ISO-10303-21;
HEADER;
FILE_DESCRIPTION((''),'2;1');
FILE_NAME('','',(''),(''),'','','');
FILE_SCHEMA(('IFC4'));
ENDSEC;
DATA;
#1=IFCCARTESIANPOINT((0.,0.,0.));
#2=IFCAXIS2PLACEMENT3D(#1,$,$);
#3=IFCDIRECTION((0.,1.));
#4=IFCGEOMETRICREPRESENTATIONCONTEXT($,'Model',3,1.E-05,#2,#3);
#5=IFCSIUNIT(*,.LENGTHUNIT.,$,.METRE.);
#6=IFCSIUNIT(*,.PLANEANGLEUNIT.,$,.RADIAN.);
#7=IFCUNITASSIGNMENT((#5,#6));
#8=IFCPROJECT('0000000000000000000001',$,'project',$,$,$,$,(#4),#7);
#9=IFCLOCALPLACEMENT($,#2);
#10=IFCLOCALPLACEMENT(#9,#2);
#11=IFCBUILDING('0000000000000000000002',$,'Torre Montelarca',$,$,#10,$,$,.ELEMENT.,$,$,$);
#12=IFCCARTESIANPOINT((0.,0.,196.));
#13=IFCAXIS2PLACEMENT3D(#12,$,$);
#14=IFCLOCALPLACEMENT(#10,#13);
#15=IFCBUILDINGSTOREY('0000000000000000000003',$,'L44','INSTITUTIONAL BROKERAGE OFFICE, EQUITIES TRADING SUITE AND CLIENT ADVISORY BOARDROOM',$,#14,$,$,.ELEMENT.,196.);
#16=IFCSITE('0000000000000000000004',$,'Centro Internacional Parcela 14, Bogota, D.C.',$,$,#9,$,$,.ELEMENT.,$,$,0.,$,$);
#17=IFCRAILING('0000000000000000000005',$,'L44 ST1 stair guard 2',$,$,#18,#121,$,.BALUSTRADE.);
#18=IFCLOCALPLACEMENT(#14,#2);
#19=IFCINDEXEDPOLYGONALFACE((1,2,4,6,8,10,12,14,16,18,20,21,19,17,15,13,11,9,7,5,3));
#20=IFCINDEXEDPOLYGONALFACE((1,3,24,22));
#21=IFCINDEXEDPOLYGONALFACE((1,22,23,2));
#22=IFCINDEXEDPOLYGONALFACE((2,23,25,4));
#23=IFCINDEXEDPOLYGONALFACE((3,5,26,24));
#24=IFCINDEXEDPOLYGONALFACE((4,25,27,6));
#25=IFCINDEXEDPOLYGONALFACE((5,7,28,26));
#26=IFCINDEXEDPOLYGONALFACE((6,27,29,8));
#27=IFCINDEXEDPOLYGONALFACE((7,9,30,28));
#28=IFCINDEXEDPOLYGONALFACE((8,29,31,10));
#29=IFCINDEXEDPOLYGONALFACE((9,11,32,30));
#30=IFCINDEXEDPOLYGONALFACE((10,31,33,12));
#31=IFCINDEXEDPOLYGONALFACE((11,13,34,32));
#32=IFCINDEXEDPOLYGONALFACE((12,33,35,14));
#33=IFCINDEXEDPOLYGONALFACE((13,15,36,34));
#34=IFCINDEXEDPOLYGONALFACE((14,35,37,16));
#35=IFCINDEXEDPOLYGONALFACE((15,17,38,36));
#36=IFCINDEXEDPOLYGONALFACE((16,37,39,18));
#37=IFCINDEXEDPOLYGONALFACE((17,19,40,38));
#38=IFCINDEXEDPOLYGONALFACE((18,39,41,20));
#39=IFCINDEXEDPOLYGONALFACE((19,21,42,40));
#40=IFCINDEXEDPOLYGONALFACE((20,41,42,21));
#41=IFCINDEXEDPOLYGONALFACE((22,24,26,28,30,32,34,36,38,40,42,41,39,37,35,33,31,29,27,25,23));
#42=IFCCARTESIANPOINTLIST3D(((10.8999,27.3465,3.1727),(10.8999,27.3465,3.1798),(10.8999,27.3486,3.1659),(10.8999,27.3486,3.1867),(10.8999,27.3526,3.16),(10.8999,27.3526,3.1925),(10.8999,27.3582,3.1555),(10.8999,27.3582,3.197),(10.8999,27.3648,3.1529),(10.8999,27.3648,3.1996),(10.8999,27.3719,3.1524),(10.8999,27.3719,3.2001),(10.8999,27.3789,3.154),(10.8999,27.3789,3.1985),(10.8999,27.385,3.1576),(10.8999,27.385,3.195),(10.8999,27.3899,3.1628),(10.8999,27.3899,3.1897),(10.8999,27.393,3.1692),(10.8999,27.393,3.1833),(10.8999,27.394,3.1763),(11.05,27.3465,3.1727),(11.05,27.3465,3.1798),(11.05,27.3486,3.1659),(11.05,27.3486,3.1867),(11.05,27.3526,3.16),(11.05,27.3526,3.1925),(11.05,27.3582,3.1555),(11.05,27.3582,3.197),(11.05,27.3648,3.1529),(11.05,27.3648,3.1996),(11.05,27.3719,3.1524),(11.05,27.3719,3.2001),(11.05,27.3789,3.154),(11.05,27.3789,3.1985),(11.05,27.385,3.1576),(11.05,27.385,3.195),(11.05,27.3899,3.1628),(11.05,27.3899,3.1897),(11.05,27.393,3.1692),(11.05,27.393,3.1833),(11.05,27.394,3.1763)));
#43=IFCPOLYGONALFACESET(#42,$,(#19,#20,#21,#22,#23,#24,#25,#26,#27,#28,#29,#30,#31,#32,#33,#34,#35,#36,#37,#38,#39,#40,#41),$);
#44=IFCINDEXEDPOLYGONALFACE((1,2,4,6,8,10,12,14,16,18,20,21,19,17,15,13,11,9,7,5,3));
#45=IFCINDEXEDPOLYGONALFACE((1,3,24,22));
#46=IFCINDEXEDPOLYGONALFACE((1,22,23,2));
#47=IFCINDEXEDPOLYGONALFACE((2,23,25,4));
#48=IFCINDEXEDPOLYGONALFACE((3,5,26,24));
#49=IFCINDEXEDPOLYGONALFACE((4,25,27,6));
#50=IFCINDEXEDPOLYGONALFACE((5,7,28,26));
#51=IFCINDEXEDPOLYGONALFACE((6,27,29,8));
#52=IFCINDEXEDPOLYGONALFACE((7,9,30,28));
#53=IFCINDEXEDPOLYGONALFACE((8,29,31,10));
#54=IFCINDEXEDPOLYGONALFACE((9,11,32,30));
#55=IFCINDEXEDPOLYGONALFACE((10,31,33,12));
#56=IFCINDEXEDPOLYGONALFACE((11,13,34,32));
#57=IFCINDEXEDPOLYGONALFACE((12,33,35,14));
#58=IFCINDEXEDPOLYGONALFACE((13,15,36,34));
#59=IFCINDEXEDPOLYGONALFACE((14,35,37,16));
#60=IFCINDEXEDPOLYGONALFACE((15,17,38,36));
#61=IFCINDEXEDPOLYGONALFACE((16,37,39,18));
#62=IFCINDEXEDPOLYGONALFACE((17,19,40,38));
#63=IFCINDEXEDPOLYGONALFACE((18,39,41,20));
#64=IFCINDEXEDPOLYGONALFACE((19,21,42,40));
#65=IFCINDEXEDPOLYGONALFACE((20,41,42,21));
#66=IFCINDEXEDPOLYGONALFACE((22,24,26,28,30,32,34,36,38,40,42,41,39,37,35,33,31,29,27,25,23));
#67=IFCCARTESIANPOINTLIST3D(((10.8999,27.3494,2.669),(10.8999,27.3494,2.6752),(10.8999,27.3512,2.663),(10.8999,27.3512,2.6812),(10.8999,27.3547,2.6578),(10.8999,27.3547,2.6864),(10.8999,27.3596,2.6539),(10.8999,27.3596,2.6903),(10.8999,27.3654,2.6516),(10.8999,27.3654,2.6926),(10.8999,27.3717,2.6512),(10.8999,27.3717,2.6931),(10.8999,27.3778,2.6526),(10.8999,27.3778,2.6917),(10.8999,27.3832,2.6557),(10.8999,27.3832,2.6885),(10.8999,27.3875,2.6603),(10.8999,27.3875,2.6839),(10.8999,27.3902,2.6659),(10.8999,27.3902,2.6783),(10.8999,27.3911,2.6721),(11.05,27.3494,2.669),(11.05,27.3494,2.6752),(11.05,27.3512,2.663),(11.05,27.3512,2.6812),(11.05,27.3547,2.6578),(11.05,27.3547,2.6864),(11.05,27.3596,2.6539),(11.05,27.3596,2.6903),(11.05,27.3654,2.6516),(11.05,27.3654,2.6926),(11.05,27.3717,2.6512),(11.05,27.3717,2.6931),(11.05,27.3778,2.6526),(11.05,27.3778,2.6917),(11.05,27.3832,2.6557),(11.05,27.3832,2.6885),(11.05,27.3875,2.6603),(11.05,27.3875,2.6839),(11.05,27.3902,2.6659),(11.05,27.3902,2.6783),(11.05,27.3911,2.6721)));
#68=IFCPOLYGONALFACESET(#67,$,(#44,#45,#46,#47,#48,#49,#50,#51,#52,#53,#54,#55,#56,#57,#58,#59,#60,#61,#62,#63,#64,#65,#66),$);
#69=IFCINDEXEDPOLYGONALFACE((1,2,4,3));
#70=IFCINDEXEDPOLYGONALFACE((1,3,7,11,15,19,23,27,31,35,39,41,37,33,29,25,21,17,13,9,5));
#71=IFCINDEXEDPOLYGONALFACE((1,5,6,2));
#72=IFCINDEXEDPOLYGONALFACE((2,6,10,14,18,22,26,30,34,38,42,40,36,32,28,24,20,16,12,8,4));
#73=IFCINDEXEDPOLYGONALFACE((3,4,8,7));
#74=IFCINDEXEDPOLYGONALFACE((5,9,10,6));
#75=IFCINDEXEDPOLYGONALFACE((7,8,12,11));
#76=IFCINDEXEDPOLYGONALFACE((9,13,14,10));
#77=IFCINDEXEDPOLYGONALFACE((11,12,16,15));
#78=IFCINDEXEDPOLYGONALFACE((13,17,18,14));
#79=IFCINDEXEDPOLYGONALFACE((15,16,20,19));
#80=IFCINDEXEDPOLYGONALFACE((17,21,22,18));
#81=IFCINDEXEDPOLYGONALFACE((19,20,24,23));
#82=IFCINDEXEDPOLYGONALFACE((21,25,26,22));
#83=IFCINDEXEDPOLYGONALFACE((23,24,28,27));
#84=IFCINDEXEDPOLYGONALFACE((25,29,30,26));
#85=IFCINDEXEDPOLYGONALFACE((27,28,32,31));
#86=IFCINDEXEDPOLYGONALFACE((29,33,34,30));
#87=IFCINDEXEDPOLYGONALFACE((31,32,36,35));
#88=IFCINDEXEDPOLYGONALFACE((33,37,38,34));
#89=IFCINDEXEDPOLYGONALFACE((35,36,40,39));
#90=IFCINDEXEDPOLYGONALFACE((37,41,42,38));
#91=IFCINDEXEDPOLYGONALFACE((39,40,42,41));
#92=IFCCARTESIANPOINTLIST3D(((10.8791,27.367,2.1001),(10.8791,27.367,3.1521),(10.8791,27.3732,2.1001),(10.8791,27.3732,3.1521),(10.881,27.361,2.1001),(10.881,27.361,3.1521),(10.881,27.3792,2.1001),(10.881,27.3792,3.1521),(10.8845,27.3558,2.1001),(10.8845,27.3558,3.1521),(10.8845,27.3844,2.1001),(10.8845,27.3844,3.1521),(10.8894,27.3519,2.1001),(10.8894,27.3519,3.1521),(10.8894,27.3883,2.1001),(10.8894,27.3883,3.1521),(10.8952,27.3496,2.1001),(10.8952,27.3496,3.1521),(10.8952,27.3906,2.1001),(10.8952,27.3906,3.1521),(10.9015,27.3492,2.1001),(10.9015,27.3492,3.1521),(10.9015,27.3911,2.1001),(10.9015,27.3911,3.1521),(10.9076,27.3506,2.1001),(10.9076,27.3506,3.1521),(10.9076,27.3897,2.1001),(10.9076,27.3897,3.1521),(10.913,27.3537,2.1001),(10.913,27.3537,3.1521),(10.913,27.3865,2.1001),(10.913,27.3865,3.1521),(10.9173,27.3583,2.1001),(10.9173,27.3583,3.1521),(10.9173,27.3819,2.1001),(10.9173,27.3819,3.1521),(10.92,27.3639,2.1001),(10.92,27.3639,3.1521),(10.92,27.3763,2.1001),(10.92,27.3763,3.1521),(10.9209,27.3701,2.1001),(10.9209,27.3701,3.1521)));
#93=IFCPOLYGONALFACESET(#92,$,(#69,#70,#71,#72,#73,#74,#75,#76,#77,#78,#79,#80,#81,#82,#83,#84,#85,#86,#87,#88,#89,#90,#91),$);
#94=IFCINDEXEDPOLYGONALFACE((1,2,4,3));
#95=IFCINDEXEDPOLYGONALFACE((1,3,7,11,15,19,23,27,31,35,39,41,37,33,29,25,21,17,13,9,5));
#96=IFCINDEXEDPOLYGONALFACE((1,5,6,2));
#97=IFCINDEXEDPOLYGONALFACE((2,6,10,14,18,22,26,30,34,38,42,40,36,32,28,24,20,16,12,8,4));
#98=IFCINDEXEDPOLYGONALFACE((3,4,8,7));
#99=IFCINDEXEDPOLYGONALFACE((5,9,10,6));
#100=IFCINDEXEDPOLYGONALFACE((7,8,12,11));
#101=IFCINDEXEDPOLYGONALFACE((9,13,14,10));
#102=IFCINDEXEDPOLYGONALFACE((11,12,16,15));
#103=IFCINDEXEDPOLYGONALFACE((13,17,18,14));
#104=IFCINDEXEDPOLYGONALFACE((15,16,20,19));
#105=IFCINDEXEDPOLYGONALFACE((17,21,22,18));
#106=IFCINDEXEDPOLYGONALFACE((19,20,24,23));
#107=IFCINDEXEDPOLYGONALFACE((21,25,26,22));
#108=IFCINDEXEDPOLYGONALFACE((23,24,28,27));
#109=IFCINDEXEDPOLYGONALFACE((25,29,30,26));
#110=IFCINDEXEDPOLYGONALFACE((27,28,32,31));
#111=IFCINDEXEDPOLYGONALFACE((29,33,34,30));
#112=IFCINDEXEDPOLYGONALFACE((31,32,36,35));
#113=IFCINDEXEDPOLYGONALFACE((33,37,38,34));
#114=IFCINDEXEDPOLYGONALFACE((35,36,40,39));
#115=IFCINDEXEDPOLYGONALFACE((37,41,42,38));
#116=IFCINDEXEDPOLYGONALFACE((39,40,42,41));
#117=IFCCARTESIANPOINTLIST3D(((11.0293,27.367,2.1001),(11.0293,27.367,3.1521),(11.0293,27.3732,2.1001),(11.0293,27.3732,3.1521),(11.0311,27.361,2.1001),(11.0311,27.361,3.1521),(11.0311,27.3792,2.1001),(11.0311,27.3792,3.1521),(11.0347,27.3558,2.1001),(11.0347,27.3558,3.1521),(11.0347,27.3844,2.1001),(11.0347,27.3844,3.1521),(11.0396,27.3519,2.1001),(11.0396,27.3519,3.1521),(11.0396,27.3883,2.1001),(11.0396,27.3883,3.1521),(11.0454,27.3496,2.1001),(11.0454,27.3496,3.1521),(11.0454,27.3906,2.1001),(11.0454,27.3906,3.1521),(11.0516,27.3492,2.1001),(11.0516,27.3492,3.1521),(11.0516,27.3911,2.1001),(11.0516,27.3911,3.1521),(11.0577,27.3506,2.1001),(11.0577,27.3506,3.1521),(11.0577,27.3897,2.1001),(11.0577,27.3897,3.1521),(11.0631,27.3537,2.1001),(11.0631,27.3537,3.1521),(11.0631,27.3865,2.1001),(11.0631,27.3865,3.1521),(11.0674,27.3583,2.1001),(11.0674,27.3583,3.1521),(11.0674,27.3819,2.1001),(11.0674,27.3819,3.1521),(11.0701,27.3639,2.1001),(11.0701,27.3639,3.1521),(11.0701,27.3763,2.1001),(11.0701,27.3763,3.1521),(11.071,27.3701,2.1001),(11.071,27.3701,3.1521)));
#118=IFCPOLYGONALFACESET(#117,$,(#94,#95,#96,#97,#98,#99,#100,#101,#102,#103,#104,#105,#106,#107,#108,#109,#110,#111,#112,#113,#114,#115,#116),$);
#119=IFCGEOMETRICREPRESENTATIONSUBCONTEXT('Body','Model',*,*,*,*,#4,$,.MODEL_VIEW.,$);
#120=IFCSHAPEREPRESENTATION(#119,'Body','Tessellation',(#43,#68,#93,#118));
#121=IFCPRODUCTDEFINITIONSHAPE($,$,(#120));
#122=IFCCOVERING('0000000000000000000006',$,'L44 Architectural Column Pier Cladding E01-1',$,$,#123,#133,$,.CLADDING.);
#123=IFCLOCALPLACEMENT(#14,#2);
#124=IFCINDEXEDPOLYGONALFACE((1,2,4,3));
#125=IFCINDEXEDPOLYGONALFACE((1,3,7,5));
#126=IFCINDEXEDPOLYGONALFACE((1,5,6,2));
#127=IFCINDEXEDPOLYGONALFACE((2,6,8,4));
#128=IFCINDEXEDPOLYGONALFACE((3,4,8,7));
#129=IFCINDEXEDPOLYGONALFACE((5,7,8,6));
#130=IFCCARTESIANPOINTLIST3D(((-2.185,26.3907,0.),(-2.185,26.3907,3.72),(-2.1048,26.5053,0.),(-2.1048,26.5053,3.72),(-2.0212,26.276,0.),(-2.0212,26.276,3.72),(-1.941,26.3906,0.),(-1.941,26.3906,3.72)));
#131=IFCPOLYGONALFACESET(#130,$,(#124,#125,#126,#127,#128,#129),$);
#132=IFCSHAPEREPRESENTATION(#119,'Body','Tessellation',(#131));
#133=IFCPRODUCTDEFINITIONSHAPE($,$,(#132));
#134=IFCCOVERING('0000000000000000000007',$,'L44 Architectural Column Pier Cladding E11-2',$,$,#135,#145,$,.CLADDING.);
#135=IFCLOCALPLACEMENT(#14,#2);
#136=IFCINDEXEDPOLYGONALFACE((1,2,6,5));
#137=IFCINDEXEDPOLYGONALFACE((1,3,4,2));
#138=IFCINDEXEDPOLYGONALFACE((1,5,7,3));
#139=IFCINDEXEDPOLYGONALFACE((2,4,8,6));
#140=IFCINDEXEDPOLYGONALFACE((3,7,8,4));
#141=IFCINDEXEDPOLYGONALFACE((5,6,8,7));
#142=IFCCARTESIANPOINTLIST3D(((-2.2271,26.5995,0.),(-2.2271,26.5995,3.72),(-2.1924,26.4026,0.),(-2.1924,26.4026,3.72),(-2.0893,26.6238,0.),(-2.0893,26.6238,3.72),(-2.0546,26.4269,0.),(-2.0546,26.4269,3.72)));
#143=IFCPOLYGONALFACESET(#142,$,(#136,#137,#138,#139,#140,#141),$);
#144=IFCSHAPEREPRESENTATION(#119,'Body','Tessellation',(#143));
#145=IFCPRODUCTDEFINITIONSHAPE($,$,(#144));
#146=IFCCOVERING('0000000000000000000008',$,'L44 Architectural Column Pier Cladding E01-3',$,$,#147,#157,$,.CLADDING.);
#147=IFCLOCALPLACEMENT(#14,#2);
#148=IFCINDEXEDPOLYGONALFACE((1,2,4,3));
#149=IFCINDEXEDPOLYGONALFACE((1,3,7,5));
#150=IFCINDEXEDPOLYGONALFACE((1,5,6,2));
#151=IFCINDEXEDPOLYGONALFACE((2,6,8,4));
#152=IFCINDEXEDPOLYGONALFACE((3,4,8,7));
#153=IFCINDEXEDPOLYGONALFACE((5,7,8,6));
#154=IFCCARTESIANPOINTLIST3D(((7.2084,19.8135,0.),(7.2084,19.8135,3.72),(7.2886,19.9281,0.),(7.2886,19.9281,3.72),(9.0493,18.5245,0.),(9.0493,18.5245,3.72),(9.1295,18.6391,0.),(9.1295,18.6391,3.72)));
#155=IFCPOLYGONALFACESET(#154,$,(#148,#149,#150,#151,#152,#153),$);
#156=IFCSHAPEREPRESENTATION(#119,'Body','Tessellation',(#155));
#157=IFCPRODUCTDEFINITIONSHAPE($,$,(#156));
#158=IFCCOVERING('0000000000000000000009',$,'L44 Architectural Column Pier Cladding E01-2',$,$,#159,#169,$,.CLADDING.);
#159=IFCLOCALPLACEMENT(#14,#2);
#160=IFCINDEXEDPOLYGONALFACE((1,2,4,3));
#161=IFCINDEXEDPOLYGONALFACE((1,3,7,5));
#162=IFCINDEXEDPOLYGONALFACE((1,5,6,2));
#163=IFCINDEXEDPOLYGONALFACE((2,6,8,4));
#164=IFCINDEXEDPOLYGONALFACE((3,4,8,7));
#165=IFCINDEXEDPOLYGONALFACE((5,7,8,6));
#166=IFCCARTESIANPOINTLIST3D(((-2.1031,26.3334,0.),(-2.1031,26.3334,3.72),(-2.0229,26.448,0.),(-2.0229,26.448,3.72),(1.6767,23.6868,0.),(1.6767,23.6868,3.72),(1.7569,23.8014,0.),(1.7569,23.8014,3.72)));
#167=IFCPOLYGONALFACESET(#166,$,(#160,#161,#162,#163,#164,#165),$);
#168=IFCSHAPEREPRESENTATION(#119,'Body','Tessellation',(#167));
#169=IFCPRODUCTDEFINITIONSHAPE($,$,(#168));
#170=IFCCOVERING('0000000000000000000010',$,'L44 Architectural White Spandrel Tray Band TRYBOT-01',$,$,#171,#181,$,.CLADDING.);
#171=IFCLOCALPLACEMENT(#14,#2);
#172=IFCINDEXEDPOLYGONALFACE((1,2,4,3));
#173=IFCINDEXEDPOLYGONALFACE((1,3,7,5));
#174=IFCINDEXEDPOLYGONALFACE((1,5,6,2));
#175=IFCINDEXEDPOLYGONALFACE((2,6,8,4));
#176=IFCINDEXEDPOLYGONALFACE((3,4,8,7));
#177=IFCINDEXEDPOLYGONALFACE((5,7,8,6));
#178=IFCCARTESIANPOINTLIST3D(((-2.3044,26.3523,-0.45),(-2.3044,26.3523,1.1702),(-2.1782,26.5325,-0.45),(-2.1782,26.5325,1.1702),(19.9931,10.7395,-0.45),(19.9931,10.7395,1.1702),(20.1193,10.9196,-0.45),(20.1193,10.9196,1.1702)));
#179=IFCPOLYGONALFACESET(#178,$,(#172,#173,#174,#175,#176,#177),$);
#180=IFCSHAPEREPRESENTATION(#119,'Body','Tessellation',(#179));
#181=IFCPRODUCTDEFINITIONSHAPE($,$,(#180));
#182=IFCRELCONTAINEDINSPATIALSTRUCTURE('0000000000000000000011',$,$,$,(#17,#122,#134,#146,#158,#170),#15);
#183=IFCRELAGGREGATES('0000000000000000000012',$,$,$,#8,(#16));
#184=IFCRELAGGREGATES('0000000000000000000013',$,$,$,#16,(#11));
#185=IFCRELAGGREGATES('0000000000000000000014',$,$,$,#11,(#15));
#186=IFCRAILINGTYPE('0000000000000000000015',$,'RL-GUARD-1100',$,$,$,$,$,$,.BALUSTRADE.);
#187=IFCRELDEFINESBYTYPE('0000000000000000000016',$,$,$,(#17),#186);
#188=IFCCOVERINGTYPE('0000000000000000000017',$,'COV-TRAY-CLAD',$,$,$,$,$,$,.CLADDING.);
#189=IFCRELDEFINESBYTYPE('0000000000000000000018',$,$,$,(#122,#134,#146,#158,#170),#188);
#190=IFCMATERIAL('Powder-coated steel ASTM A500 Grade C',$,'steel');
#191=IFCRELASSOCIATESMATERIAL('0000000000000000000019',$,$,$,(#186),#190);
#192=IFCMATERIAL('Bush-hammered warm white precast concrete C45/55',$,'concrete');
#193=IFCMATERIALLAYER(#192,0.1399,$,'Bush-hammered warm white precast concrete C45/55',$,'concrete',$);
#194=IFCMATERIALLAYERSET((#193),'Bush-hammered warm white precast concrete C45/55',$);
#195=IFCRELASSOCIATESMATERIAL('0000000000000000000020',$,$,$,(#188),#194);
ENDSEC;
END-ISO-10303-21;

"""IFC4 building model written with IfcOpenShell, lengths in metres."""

from ifc_helpers import new_model, si_unit, direction, frame, origin, origin_2d, place, context, subcontext, project, spatial, rectangle, circle, extrude, source, transform, mapped, material, layer, layer_set, type_object, element, save


model = new_model("IFC4")

# Units and contexts
model_context = context("Model", 3, precision=1e-05, world=origin(), true_north=direction((0.0, 1.0)))
body_context = subcontext(model_context, "Body", "Model", "MODEL_VIEW")
ifc_project = project(units=[si_unit("LENGTHUNIT", "METRE"), si_unit("PLANEANGLEUNIT", "RADIAN")], contexts=[model_context])

# Site, building, storey
site_placement = place(None, origin())
site = spatial("IfcSite", under=ifc_project, at=site_placement, Name="Centro Internacional Parcela 14, Bogota, D.C.", CompositionType="ELEMENT", RefElevation=0.0)
building_placement = place(site_placement, origin())
building = spatial("IfcBuilding", under=site, at=building_placement, Name="Torre Montelarca", CompositionType="ELEMENT")
storey_placement = place(building_placement, frame((0.0, 0.0, 196.0)))
storey = spatial("IfcBuildingStorey", under=building, at=storey_placement, Name="L44", Description="INSTITUTIONAL BROKERAGE OFFICE, EQUITIES TRADING SUITE AND CLIENT ADVISORY BOARDROOM", CompositionType="ELEMENT", Elevation=196.0)

# Railing
ifc_material_1 = material(Name="Powder-coated steel ASTM A500 Grade C", Category="steel")
railing_type = type_object("IfcRailingType", Name="RL-GUARD-1100", PredefinedType="BALUSTRADE", material=ifc_material_1)
railing_1_placement = place(storey_placement, frame((10.8999, 27.3701, 2.1001)))
element("IfcRailing", 1, at=railing_1_placement, inside=storey, type_object=railing_type, Name="L44 ST1 stair guard 2", PredefinedType="BALUSTRADE", context=body_context, shape_type="SweptSolid", body=[
    extrude(circle(Radius=0.0239, at=origin_2d()), frame((0.0, 0.0, 1.0762), z_axis=(1.0, 0.0, 0.0), x_axis=(0.0, 1.0, 0.0)), (0.0, 0.0, 1.0), 0.1501),
    extrude(circle(Radius=0.021, at=origin_2d()), frame((0.0, 0.0, 0.572), z_axis=(1.0, 0.0, 0.0), x_axis=(0.0, 1.0, 0.0)), (0.0, 0.0, 1.0), 0.1501),
    extrude(circle(Radius=0.021, at=origin_2d()), origin(), (0.0, 0.0, 1.0), 1.052),
    extrude(circle(Radius=0.021, at=origin_2d()), frame((0.1501, 0.0, 0.0)), (0.0, 0.0, 1.0), 1.052),
])

# Coverings
ifc_material_2 = material(Name="Bush-hammered warm white precast concrete C45/55", Category="concrete")
ifc_layer_1 = layer(ifc_material_2, 0.1399, Name="Bush-hammered warm white precast concrete C45/55", Category="concrete")
ifc_layer_set_1 = layer_set([ifc_layer_1], Name="Bush-hammered warm white precast concrete C45/55")
covering_type = type_object("IfcCoveringType", Name="COV-TRAY-CLAD", PredefinedType="CLADDING", material=ifc_layer_set_1)
shared_shape_1 = source(origin(), body_context, "Body", "SweptSolid", [
    extrude(rectangle(XDim=0.2, YDim=0.1399, at=origin_2d()), origin(), (0.0, 0.0, 1.0), 3.72),
])
for number, where, z_axis, x_axis, name in (
    (2, (-2.063, 26.3906, 0.0), (0.0, 0.0, 1.0), (0.819154, -0.573574, 0.0), "L44 Architectural Column Pier Cladding E01-1"),
    (3, (-2.1409, 26.5132, 0.0), (0.0, 0.0, 1.0), (0.173631, -0.984811, 0.0), "L44 Architectural Column Pier Cladding E11-2"),
):
    element("IfcCovering", number, at=place(storey_placement, frame(where, z_axis=z_axis, x_axis=x_axis)), inside=storey, type_object=covering_type, Name=name, PredefinedType="CLADDING", context=body_context, shape_type="MappedRepresentation", body=[
        mapped(shared_shape_1, transform((0.0, 0.0, 0.0), scale=1.0)),
    ])
shared_shape_2 = source(origin(), body_context, "Body", "SweptSolid", [
    extrude(rectangle(XDim=2.2473, YDim=0.1399, at=origin_2d()), origin(), (0.0, 0.0, 1.0), 3.72),
])
covering_1_placement = place(storey_placement, frame((8.1689, 19.2263, 0.0), z_axis=(0.0, 0.0, 1.0), x_axis=(0.819154, -0.573574, 0.0)))
element("IfcCovering", 4, at=covering_1_placement, inside=storey, type_object=covering_type, Name="L44 Architectural Column Pier Cladding E01-3", PredefinedType="CLADDING", context=body_context, shape_type="MappedRepresentation", body=[
    mapped(shared_shape_2, transform((0.0, 0.0, 0.0), scale=1.0)),
])
shared_shape_3 = source(origin(), body_context, "Body", "SweptSolid", [
    extrude(rectangle(XDim=4.6143, YDim=0.1399, at=origin_2d()), origin(), (0.0, 0.0, 1.0), 3.72),
])
covering_2_placement = place(storey_placement, frame((-0.1731, 25.0674, 0.0), z_axis=(0.0, 0.0, 1.0), x_axis=(0.819154, -0.573574, 0.0)))
element("IfcCovering", 5, at=covering_2_placement, inside=storey, type_object=covering_type, Name="L44 Architectural Column Pier Cladding E01-2", PredefinedType="CLADDING", context=body_context, shape_type="MappedRepresentation", body=[
    mapped(shared_shape_3, transform((0.0, 0.0, 0.0), scale=1.0)),
])
shared_shape_4 = source(origin(), body_context, "Body", "SweptSolid", [
    extrude(rectangle(XDim=27.2202, YDim=0.22, at=origin_2d()), origin(), (0.0, 0.0, 1.0), 1.6201),
])
covering_3_placement = place(storey_placement, frame((8.9075, 18.636, -0.45), z_axis=(0.0, 0.0, 1.0), x_axis=(0.819152, -0.573576, 0.0)))
element("IfcCovering", 6, at=covering_3_placement, inside=storey, type_object=covering_type, Name="L44 Architectural White Spandrel Tray Band TRYBOT-01", PredefinedType="CLADDING", context=body_context, shape_type="MappedRepresentation", body=[
    mapped(shared_shape_4, transform((0.0, 0.0, 0.0), scale=1.0)),
])

save(model, "model.ifc")
